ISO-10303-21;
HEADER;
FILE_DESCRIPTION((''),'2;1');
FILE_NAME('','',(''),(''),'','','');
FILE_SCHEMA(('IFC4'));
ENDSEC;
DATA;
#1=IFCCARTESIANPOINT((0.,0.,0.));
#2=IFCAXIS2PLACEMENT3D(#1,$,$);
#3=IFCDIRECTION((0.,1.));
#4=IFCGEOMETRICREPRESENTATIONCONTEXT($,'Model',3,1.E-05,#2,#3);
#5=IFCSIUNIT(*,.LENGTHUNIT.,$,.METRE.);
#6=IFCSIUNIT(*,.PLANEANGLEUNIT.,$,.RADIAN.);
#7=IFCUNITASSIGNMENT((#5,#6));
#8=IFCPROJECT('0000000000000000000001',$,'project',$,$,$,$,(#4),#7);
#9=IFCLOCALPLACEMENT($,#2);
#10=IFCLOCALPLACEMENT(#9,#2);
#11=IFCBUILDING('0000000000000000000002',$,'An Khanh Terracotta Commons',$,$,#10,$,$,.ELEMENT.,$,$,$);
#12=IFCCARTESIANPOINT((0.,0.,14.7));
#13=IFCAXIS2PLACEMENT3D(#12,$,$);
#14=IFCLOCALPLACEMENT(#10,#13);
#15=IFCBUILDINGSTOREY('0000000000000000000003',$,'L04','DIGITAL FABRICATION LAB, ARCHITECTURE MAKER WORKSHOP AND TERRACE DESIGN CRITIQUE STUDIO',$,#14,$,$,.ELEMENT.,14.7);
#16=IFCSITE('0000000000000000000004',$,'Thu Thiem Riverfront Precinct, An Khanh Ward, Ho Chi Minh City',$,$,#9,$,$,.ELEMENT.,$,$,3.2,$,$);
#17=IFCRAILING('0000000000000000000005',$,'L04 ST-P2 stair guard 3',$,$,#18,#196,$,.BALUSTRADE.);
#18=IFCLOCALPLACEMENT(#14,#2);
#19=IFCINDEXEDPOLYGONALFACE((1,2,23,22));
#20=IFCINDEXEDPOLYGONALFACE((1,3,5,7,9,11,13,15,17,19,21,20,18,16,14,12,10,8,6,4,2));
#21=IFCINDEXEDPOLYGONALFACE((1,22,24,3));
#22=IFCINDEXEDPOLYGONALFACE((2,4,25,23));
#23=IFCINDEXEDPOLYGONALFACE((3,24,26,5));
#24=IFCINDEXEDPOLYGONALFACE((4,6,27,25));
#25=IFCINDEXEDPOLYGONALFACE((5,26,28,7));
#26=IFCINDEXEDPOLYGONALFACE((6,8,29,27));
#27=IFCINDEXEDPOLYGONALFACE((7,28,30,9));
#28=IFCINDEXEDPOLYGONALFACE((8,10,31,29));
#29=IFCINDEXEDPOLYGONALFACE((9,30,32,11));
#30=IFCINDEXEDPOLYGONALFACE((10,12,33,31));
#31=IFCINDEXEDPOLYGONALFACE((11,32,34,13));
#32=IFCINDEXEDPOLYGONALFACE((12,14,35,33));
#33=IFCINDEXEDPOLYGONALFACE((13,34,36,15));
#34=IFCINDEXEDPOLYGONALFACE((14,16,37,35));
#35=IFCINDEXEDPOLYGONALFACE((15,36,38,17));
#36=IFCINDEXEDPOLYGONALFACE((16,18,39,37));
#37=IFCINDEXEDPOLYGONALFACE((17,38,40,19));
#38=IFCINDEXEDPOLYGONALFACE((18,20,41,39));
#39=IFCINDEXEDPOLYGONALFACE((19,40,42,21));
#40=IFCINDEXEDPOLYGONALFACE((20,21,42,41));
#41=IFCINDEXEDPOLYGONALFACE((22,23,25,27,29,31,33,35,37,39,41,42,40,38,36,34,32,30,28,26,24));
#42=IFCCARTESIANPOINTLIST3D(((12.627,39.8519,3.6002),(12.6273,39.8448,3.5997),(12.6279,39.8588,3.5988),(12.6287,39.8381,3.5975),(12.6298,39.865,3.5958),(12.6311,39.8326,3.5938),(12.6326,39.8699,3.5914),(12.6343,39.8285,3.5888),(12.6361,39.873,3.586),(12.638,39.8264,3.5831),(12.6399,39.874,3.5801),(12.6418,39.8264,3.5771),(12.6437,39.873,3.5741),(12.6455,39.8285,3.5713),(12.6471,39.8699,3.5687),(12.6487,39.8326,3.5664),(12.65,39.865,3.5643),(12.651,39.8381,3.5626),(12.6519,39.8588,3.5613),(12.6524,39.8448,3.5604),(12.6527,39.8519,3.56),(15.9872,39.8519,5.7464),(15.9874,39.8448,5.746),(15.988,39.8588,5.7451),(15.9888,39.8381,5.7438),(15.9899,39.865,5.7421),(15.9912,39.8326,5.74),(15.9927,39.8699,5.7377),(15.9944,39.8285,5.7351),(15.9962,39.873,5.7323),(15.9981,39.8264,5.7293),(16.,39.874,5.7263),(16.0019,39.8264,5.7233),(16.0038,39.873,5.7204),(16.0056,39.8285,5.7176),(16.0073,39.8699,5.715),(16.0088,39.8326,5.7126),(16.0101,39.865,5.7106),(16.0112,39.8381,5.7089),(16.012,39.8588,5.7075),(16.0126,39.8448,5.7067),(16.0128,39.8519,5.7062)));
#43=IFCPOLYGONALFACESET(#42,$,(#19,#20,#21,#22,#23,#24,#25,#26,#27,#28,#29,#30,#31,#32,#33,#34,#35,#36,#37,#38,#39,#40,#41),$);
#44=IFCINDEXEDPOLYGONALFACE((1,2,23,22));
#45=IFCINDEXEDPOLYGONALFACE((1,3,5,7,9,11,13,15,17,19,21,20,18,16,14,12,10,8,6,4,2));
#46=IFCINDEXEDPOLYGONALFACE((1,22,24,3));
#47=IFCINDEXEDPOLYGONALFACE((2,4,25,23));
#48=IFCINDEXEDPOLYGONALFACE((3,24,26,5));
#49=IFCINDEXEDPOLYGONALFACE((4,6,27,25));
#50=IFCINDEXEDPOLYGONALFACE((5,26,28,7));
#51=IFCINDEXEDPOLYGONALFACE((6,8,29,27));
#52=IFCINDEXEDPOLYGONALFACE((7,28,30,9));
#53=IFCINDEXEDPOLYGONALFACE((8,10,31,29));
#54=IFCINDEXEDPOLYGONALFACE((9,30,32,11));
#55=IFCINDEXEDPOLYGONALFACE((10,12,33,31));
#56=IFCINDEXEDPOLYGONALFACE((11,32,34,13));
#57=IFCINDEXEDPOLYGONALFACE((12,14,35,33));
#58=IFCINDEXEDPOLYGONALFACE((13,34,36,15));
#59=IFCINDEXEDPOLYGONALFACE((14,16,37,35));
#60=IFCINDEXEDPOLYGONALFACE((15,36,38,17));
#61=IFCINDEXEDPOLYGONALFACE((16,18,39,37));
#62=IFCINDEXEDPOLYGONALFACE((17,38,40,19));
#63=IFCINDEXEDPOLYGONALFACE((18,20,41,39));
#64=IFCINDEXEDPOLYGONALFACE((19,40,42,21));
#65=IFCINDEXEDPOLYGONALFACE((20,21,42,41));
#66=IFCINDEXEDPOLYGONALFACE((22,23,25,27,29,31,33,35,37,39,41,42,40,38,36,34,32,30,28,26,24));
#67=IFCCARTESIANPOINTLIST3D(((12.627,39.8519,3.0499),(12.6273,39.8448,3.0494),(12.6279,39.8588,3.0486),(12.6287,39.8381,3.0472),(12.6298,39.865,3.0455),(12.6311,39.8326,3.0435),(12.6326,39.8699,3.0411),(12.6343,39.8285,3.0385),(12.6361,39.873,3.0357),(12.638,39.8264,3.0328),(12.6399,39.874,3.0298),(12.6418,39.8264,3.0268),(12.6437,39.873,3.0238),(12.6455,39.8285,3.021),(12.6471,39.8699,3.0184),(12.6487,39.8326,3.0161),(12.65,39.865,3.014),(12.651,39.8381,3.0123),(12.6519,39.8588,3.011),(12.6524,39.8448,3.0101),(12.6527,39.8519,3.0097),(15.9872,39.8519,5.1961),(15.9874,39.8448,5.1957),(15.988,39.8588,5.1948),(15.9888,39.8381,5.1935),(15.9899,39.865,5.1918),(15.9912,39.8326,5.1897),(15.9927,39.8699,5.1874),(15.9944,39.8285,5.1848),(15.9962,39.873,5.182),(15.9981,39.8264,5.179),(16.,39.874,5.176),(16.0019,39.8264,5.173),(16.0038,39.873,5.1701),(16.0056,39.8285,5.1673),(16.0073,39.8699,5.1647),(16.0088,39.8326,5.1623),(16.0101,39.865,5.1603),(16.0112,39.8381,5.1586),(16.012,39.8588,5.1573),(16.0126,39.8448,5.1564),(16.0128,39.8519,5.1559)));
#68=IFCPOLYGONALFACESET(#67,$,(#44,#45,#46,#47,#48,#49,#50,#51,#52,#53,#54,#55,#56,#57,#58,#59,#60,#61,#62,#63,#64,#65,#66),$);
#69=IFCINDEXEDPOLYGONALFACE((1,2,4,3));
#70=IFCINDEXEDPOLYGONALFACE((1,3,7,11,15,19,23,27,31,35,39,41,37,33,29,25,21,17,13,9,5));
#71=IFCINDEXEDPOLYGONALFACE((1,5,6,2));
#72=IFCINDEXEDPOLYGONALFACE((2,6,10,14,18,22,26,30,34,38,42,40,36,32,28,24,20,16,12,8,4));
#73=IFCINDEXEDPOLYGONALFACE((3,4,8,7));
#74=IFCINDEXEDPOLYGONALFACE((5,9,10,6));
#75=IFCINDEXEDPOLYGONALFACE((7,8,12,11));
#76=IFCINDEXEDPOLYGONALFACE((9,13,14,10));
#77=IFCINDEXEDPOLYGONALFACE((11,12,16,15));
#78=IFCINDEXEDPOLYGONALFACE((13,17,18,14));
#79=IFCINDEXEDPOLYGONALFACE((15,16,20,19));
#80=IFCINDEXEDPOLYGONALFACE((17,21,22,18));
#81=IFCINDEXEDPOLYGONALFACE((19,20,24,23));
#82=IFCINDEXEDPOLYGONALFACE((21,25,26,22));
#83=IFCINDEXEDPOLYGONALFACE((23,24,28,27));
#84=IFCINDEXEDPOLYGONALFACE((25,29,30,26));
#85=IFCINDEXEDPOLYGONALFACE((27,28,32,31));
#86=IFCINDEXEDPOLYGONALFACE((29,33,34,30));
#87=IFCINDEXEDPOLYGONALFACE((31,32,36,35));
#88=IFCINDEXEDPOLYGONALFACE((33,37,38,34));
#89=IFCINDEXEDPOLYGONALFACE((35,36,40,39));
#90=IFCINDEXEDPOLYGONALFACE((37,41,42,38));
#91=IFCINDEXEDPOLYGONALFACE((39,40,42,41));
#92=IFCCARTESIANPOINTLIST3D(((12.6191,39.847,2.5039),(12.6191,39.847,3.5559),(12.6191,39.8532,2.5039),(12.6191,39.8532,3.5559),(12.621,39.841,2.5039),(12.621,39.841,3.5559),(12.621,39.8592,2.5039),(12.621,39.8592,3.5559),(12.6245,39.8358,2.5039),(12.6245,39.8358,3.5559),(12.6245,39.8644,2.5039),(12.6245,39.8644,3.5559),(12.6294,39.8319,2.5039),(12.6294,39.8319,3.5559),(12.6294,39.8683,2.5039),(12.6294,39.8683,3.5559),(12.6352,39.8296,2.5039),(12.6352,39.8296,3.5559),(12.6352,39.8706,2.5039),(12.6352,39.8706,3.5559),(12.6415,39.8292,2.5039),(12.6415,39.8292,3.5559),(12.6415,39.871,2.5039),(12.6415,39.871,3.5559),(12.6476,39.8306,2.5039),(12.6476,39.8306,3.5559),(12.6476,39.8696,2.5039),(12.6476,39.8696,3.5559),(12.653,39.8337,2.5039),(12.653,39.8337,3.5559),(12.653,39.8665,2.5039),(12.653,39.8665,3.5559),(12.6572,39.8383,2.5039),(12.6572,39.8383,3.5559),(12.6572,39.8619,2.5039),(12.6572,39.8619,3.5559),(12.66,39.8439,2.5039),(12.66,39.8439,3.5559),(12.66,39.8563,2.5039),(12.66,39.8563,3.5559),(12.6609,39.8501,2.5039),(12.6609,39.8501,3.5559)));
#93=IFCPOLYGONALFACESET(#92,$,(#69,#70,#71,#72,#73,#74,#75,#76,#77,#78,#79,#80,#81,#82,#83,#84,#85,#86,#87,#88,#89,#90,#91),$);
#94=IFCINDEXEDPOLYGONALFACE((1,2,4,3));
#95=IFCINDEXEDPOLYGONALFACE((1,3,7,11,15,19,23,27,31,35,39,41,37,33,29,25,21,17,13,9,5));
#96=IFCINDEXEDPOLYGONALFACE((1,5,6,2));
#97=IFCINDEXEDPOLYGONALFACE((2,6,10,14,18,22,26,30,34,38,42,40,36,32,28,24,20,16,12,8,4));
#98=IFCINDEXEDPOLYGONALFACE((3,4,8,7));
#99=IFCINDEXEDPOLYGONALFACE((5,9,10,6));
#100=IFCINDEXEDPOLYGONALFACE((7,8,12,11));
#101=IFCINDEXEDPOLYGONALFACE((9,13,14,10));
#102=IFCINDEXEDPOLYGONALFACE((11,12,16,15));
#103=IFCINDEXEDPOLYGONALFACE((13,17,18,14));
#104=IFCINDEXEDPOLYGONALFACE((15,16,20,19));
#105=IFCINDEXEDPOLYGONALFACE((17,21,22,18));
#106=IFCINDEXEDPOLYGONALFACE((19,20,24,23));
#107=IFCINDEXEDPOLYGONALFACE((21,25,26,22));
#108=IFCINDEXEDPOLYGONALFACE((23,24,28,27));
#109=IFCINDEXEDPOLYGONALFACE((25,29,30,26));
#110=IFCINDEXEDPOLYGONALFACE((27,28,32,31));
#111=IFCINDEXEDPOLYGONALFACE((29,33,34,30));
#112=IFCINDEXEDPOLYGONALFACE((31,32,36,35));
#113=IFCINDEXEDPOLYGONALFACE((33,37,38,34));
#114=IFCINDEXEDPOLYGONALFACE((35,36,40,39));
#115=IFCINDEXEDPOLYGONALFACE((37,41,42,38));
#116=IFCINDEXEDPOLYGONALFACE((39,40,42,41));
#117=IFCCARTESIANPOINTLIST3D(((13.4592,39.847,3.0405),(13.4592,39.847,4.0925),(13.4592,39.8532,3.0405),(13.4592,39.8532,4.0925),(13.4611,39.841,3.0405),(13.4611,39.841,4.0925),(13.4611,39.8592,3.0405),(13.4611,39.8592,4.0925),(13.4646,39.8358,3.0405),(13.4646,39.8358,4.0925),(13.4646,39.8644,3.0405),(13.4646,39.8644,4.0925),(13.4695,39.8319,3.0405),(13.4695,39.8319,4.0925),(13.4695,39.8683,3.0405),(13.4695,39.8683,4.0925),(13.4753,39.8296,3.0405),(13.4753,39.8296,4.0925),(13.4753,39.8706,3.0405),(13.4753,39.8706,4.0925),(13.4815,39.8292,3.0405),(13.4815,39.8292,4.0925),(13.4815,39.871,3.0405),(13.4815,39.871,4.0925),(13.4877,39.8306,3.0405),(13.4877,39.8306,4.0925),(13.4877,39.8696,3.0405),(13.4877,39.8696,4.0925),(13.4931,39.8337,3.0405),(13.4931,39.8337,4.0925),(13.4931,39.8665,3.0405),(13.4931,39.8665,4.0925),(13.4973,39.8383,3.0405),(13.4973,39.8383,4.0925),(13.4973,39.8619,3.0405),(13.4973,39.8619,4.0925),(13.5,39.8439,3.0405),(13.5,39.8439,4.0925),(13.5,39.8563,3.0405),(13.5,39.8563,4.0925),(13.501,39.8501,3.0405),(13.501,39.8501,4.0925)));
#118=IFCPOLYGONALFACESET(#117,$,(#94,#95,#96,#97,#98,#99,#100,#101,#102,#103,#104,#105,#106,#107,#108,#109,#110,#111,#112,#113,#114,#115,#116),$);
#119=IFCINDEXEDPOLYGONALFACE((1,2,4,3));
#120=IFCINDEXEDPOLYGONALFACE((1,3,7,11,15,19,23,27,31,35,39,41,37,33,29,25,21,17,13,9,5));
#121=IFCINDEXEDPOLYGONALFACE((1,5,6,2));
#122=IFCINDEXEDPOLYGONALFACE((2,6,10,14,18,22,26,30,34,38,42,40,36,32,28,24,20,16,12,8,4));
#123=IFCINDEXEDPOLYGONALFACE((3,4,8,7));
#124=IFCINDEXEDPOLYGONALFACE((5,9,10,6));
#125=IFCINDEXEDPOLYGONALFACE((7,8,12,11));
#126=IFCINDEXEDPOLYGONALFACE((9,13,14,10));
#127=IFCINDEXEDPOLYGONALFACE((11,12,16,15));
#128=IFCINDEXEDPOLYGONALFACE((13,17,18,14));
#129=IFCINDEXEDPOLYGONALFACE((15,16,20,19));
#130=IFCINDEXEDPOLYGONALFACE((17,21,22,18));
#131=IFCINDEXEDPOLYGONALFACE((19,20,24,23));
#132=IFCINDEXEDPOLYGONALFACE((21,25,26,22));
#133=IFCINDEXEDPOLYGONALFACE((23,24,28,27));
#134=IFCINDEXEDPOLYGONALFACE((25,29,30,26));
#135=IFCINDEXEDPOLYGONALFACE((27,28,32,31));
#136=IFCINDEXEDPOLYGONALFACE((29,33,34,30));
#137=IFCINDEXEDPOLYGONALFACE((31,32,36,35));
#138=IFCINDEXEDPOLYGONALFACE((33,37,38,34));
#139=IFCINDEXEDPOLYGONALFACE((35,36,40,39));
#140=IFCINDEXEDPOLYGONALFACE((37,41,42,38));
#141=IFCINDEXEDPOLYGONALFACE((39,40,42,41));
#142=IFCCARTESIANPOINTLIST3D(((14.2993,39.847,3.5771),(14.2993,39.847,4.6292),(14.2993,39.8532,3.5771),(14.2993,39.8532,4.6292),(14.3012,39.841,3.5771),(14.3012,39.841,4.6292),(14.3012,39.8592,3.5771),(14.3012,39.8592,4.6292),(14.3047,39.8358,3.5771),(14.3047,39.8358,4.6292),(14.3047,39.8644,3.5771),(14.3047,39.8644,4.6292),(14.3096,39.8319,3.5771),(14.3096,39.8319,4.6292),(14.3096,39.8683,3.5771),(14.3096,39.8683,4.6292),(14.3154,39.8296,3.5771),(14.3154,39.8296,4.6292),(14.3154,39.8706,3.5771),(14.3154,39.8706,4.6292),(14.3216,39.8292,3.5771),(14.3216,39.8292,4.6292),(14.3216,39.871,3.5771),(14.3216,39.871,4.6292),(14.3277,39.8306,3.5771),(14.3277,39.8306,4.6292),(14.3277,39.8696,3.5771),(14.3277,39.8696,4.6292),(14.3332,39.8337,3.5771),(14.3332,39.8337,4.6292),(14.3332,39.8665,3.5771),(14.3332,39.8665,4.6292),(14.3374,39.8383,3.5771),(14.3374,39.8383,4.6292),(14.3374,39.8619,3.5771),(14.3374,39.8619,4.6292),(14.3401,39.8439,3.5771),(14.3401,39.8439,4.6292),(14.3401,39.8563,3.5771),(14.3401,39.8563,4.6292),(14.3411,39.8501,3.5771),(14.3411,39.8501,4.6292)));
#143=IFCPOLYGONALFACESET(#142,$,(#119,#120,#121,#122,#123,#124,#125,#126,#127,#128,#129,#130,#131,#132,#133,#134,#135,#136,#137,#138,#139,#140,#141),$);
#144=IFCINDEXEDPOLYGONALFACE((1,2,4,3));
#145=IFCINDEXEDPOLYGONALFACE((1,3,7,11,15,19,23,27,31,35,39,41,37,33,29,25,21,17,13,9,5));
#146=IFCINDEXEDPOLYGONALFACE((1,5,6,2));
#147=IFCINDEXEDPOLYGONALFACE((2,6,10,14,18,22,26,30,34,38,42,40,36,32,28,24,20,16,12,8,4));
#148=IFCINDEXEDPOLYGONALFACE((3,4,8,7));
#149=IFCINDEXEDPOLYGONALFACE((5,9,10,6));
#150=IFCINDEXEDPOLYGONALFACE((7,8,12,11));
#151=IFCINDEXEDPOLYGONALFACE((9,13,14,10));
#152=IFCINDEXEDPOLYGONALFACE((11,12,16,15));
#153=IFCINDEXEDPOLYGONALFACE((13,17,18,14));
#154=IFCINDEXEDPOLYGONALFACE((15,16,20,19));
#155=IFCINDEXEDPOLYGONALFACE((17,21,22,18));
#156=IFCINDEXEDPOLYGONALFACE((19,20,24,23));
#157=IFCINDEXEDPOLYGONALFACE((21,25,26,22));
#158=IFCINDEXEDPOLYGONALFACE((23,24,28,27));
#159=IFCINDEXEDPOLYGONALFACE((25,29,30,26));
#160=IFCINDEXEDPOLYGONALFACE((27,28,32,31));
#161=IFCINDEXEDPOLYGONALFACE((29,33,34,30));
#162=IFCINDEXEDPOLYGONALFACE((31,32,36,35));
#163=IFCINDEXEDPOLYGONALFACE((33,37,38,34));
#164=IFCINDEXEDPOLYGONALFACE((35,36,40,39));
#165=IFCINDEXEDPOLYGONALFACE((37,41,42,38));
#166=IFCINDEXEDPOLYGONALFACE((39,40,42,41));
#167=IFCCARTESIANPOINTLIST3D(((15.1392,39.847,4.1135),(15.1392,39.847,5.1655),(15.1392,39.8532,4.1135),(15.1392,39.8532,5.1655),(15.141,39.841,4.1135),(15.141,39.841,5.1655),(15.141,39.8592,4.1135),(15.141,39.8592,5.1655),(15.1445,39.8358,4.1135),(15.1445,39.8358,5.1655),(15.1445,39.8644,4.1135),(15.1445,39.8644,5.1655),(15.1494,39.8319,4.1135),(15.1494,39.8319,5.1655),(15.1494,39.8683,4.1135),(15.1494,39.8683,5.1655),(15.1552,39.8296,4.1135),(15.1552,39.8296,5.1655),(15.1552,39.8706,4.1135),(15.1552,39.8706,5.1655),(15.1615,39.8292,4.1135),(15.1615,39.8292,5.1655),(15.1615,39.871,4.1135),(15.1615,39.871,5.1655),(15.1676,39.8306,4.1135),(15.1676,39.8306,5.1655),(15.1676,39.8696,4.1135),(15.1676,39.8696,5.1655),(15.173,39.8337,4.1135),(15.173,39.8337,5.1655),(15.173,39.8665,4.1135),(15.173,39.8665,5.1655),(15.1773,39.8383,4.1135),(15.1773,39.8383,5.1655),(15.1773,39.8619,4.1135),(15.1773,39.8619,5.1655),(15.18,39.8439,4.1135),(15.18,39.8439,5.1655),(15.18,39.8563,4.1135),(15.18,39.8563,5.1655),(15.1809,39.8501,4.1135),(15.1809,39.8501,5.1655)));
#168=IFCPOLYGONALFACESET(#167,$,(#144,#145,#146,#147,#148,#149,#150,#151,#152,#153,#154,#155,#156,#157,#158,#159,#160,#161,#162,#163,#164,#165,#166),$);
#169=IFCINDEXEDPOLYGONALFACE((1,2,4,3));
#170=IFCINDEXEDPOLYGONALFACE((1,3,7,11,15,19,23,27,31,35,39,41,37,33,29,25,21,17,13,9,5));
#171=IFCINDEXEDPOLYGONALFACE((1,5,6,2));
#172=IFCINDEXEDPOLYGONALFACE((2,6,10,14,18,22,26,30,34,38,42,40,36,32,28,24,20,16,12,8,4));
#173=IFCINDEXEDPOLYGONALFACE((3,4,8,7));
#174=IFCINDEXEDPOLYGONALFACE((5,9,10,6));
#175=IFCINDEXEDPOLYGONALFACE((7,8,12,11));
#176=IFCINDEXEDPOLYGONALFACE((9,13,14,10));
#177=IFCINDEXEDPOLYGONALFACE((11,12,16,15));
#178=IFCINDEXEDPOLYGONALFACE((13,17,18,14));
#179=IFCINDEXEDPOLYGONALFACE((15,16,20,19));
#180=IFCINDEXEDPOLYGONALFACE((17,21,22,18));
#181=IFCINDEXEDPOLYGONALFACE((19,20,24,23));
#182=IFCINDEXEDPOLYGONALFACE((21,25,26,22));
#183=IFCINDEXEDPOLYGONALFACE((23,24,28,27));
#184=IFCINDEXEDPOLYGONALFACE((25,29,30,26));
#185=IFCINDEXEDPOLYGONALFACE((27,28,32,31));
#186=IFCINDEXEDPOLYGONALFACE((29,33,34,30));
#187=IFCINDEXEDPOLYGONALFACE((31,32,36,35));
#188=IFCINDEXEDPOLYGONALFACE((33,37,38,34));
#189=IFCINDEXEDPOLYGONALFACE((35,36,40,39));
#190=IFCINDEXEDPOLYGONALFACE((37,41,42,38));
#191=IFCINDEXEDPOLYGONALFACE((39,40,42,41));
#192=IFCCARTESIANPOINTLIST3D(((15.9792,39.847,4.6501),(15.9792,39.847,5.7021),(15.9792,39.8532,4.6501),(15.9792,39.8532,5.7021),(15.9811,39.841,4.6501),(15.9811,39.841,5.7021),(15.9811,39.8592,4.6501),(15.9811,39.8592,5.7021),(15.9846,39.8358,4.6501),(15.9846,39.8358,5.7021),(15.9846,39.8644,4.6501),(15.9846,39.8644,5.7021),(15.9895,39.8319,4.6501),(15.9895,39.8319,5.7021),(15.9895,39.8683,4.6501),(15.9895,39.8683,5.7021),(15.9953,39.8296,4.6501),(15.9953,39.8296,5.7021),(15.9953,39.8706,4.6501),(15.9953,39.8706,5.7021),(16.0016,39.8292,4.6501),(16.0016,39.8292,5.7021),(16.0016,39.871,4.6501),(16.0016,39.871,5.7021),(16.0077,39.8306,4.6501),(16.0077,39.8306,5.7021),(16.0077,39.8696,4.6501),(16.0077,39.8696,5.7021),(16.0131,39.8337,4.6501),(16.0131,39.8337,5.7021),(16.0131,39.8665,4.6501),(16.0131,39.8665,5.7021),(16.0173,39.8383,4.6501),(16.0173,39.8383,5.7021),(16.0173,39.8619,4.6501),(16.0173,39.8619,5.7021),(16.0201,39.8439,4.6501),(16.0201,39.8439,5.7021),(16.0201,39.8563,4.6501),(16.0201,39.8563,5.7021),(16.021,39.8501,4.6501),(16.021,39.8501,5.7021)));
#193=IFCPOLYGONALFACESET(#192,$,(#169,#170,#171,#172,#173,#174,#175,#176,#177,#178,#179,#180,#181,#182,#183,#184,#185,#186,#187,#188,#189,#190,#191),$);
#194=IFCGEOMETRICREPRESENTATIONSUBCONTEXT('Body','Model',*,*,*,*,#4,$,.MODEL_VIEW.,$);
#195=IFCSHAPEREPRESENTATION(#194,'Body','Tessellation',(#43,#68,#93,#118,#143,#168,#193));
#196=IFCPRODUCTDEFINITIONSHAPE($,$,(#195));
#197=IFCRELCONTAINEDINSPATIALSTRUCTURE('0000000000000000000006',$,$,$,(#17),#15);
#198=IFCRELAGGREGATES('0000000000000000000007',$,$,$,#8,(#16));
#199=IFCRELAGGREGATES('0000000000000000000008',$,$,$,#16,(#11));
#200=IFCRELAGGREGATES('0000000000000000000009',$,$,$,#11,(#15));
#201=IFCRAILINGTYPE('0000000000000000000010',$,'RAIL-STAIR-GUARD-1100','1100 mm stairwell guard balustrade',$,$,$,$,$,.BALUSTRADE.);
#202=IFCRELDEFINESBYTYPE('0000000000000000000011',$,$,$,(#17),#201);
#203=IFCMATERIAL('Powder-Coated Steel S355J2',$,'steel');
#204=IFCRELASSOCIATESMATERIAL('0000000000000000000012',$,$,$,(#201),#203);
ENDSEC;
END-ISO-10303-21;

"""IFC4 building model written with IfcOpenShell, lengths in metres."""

from ifc_helpers import new_model, si_unit, direction, frame, origin, origin_2d, place, context, subcontext, project, spatial, circle, extrude, material, type_object, element, save


model = new_model("IFC4")

# Units and contexts
model_context = context("Model", 3, precision=1e-05, world=origin(), true_north=direction((0.0, 1.0)))
body_context = subcontext(model_context, "Body", "Model", "MODEL_VIEW")
ifc_project = project(units=[si_unit("LENGTHUNIT", "METRE"), si_unit("PLANEANGLEUNIT", "RADIAN")], contexts=[model_context])

# Site, building, storey
site_placement = place(None, origin())
site = spatial("IfcSite", under=ifc_project, at=site_placement, Name="Thu Thiem Riverfront Precinct, An Khanh Ward, Ho Chi Minh City", CompositionType="ELEMENT", RefElevation=3.2)
building_placement = place(site_placement, origin())
building = spatial("IfcBuilding", under=site, at=building_placement, Name="An Khanh Terracotta Commons", CompositionType="ELEMENT")
storey_placement = place(building_placement, frame((0.0, 0.0, 14.7)))
storey = spatial("IfcBuildingStorey", under=building, at=storey_placement, Name="L04", Description="DIGITAL FABRICATION LAB, ARCHITECTURE MAKER WORKSHOP AND TERRACE DESIGN CRITIQUE STUDIO", CompositionType="ELEMENT", Elevation=14.7)

# Railing
ifc_material_1 = material(Name="Powder-Coated Steel S355J2", Category="steel")
railing_type_1 = type_object("IfcRailingType", Name="RAIL-STAIR-GUARD-1100", Description="1100 mm stairwell guard balustrade", PredefinedType="BALUSTRADE", material=ifc_material_1)
railing_1_placement = place(storey_placement, frame((12.6399, 39.8501, 2.5039)))
element("IfcRailing", 1, at=railing_1_placement, inside=storey, type_object=railing_type_1, Name="L04 ST-P2 stair guard 3", PredefinedType="BALUSTRADE", context=body_context, shape_type="SweptSolid", body=[
    extrude(circle(Radius=0.0239, at=origin_2d()), frame((0.0, 0.0, 1.0762), z_axis=(0.842753, 0.0, 0.538301), x_axis=(0.0, 1.0, 0.0)), (0.0, 0.0, 1.0), 3.9871),
    extrude(circle(Radius=0.0239, at=origin_2d()), frame((0.0, 0.0, 0.5259), z_axis=(0.842753, 0.0, 0.538301), x_axis=(0.0, 1.0, 0.0)), (0.0, 0.0, 1.0), 3.9871),
    extrude(circle(Radius=0.021, at=origin_2d()), origin(), (0.0, 0.0, 1.0), 1.052),
    extrude(circle(Radius=0.021, at=origin_2d()), frame((0.8401, 0.0, 0.5366)), (0.0, 0.0, 1.0), 1.052),
    extrude(circle(Radius=0.021, at=origin_2d()), frame((1.6802, 0.0, 1.0732)), (0.0, 0.0, 1.0), 1.052),
    extrude(circle(Radius=0.021, at=origin_2d()), frame((2.52, 0.0, 1.6096)), (0.0, 0.0, 1.0), 1.052),
    extrude(circle(Radius=0.021, at=origin_2d()), frame((3.3601, 0.0, 2.1462)), (0.0, 0.0, 1.0), 1.052),
])

save(model, "model.ifc")
